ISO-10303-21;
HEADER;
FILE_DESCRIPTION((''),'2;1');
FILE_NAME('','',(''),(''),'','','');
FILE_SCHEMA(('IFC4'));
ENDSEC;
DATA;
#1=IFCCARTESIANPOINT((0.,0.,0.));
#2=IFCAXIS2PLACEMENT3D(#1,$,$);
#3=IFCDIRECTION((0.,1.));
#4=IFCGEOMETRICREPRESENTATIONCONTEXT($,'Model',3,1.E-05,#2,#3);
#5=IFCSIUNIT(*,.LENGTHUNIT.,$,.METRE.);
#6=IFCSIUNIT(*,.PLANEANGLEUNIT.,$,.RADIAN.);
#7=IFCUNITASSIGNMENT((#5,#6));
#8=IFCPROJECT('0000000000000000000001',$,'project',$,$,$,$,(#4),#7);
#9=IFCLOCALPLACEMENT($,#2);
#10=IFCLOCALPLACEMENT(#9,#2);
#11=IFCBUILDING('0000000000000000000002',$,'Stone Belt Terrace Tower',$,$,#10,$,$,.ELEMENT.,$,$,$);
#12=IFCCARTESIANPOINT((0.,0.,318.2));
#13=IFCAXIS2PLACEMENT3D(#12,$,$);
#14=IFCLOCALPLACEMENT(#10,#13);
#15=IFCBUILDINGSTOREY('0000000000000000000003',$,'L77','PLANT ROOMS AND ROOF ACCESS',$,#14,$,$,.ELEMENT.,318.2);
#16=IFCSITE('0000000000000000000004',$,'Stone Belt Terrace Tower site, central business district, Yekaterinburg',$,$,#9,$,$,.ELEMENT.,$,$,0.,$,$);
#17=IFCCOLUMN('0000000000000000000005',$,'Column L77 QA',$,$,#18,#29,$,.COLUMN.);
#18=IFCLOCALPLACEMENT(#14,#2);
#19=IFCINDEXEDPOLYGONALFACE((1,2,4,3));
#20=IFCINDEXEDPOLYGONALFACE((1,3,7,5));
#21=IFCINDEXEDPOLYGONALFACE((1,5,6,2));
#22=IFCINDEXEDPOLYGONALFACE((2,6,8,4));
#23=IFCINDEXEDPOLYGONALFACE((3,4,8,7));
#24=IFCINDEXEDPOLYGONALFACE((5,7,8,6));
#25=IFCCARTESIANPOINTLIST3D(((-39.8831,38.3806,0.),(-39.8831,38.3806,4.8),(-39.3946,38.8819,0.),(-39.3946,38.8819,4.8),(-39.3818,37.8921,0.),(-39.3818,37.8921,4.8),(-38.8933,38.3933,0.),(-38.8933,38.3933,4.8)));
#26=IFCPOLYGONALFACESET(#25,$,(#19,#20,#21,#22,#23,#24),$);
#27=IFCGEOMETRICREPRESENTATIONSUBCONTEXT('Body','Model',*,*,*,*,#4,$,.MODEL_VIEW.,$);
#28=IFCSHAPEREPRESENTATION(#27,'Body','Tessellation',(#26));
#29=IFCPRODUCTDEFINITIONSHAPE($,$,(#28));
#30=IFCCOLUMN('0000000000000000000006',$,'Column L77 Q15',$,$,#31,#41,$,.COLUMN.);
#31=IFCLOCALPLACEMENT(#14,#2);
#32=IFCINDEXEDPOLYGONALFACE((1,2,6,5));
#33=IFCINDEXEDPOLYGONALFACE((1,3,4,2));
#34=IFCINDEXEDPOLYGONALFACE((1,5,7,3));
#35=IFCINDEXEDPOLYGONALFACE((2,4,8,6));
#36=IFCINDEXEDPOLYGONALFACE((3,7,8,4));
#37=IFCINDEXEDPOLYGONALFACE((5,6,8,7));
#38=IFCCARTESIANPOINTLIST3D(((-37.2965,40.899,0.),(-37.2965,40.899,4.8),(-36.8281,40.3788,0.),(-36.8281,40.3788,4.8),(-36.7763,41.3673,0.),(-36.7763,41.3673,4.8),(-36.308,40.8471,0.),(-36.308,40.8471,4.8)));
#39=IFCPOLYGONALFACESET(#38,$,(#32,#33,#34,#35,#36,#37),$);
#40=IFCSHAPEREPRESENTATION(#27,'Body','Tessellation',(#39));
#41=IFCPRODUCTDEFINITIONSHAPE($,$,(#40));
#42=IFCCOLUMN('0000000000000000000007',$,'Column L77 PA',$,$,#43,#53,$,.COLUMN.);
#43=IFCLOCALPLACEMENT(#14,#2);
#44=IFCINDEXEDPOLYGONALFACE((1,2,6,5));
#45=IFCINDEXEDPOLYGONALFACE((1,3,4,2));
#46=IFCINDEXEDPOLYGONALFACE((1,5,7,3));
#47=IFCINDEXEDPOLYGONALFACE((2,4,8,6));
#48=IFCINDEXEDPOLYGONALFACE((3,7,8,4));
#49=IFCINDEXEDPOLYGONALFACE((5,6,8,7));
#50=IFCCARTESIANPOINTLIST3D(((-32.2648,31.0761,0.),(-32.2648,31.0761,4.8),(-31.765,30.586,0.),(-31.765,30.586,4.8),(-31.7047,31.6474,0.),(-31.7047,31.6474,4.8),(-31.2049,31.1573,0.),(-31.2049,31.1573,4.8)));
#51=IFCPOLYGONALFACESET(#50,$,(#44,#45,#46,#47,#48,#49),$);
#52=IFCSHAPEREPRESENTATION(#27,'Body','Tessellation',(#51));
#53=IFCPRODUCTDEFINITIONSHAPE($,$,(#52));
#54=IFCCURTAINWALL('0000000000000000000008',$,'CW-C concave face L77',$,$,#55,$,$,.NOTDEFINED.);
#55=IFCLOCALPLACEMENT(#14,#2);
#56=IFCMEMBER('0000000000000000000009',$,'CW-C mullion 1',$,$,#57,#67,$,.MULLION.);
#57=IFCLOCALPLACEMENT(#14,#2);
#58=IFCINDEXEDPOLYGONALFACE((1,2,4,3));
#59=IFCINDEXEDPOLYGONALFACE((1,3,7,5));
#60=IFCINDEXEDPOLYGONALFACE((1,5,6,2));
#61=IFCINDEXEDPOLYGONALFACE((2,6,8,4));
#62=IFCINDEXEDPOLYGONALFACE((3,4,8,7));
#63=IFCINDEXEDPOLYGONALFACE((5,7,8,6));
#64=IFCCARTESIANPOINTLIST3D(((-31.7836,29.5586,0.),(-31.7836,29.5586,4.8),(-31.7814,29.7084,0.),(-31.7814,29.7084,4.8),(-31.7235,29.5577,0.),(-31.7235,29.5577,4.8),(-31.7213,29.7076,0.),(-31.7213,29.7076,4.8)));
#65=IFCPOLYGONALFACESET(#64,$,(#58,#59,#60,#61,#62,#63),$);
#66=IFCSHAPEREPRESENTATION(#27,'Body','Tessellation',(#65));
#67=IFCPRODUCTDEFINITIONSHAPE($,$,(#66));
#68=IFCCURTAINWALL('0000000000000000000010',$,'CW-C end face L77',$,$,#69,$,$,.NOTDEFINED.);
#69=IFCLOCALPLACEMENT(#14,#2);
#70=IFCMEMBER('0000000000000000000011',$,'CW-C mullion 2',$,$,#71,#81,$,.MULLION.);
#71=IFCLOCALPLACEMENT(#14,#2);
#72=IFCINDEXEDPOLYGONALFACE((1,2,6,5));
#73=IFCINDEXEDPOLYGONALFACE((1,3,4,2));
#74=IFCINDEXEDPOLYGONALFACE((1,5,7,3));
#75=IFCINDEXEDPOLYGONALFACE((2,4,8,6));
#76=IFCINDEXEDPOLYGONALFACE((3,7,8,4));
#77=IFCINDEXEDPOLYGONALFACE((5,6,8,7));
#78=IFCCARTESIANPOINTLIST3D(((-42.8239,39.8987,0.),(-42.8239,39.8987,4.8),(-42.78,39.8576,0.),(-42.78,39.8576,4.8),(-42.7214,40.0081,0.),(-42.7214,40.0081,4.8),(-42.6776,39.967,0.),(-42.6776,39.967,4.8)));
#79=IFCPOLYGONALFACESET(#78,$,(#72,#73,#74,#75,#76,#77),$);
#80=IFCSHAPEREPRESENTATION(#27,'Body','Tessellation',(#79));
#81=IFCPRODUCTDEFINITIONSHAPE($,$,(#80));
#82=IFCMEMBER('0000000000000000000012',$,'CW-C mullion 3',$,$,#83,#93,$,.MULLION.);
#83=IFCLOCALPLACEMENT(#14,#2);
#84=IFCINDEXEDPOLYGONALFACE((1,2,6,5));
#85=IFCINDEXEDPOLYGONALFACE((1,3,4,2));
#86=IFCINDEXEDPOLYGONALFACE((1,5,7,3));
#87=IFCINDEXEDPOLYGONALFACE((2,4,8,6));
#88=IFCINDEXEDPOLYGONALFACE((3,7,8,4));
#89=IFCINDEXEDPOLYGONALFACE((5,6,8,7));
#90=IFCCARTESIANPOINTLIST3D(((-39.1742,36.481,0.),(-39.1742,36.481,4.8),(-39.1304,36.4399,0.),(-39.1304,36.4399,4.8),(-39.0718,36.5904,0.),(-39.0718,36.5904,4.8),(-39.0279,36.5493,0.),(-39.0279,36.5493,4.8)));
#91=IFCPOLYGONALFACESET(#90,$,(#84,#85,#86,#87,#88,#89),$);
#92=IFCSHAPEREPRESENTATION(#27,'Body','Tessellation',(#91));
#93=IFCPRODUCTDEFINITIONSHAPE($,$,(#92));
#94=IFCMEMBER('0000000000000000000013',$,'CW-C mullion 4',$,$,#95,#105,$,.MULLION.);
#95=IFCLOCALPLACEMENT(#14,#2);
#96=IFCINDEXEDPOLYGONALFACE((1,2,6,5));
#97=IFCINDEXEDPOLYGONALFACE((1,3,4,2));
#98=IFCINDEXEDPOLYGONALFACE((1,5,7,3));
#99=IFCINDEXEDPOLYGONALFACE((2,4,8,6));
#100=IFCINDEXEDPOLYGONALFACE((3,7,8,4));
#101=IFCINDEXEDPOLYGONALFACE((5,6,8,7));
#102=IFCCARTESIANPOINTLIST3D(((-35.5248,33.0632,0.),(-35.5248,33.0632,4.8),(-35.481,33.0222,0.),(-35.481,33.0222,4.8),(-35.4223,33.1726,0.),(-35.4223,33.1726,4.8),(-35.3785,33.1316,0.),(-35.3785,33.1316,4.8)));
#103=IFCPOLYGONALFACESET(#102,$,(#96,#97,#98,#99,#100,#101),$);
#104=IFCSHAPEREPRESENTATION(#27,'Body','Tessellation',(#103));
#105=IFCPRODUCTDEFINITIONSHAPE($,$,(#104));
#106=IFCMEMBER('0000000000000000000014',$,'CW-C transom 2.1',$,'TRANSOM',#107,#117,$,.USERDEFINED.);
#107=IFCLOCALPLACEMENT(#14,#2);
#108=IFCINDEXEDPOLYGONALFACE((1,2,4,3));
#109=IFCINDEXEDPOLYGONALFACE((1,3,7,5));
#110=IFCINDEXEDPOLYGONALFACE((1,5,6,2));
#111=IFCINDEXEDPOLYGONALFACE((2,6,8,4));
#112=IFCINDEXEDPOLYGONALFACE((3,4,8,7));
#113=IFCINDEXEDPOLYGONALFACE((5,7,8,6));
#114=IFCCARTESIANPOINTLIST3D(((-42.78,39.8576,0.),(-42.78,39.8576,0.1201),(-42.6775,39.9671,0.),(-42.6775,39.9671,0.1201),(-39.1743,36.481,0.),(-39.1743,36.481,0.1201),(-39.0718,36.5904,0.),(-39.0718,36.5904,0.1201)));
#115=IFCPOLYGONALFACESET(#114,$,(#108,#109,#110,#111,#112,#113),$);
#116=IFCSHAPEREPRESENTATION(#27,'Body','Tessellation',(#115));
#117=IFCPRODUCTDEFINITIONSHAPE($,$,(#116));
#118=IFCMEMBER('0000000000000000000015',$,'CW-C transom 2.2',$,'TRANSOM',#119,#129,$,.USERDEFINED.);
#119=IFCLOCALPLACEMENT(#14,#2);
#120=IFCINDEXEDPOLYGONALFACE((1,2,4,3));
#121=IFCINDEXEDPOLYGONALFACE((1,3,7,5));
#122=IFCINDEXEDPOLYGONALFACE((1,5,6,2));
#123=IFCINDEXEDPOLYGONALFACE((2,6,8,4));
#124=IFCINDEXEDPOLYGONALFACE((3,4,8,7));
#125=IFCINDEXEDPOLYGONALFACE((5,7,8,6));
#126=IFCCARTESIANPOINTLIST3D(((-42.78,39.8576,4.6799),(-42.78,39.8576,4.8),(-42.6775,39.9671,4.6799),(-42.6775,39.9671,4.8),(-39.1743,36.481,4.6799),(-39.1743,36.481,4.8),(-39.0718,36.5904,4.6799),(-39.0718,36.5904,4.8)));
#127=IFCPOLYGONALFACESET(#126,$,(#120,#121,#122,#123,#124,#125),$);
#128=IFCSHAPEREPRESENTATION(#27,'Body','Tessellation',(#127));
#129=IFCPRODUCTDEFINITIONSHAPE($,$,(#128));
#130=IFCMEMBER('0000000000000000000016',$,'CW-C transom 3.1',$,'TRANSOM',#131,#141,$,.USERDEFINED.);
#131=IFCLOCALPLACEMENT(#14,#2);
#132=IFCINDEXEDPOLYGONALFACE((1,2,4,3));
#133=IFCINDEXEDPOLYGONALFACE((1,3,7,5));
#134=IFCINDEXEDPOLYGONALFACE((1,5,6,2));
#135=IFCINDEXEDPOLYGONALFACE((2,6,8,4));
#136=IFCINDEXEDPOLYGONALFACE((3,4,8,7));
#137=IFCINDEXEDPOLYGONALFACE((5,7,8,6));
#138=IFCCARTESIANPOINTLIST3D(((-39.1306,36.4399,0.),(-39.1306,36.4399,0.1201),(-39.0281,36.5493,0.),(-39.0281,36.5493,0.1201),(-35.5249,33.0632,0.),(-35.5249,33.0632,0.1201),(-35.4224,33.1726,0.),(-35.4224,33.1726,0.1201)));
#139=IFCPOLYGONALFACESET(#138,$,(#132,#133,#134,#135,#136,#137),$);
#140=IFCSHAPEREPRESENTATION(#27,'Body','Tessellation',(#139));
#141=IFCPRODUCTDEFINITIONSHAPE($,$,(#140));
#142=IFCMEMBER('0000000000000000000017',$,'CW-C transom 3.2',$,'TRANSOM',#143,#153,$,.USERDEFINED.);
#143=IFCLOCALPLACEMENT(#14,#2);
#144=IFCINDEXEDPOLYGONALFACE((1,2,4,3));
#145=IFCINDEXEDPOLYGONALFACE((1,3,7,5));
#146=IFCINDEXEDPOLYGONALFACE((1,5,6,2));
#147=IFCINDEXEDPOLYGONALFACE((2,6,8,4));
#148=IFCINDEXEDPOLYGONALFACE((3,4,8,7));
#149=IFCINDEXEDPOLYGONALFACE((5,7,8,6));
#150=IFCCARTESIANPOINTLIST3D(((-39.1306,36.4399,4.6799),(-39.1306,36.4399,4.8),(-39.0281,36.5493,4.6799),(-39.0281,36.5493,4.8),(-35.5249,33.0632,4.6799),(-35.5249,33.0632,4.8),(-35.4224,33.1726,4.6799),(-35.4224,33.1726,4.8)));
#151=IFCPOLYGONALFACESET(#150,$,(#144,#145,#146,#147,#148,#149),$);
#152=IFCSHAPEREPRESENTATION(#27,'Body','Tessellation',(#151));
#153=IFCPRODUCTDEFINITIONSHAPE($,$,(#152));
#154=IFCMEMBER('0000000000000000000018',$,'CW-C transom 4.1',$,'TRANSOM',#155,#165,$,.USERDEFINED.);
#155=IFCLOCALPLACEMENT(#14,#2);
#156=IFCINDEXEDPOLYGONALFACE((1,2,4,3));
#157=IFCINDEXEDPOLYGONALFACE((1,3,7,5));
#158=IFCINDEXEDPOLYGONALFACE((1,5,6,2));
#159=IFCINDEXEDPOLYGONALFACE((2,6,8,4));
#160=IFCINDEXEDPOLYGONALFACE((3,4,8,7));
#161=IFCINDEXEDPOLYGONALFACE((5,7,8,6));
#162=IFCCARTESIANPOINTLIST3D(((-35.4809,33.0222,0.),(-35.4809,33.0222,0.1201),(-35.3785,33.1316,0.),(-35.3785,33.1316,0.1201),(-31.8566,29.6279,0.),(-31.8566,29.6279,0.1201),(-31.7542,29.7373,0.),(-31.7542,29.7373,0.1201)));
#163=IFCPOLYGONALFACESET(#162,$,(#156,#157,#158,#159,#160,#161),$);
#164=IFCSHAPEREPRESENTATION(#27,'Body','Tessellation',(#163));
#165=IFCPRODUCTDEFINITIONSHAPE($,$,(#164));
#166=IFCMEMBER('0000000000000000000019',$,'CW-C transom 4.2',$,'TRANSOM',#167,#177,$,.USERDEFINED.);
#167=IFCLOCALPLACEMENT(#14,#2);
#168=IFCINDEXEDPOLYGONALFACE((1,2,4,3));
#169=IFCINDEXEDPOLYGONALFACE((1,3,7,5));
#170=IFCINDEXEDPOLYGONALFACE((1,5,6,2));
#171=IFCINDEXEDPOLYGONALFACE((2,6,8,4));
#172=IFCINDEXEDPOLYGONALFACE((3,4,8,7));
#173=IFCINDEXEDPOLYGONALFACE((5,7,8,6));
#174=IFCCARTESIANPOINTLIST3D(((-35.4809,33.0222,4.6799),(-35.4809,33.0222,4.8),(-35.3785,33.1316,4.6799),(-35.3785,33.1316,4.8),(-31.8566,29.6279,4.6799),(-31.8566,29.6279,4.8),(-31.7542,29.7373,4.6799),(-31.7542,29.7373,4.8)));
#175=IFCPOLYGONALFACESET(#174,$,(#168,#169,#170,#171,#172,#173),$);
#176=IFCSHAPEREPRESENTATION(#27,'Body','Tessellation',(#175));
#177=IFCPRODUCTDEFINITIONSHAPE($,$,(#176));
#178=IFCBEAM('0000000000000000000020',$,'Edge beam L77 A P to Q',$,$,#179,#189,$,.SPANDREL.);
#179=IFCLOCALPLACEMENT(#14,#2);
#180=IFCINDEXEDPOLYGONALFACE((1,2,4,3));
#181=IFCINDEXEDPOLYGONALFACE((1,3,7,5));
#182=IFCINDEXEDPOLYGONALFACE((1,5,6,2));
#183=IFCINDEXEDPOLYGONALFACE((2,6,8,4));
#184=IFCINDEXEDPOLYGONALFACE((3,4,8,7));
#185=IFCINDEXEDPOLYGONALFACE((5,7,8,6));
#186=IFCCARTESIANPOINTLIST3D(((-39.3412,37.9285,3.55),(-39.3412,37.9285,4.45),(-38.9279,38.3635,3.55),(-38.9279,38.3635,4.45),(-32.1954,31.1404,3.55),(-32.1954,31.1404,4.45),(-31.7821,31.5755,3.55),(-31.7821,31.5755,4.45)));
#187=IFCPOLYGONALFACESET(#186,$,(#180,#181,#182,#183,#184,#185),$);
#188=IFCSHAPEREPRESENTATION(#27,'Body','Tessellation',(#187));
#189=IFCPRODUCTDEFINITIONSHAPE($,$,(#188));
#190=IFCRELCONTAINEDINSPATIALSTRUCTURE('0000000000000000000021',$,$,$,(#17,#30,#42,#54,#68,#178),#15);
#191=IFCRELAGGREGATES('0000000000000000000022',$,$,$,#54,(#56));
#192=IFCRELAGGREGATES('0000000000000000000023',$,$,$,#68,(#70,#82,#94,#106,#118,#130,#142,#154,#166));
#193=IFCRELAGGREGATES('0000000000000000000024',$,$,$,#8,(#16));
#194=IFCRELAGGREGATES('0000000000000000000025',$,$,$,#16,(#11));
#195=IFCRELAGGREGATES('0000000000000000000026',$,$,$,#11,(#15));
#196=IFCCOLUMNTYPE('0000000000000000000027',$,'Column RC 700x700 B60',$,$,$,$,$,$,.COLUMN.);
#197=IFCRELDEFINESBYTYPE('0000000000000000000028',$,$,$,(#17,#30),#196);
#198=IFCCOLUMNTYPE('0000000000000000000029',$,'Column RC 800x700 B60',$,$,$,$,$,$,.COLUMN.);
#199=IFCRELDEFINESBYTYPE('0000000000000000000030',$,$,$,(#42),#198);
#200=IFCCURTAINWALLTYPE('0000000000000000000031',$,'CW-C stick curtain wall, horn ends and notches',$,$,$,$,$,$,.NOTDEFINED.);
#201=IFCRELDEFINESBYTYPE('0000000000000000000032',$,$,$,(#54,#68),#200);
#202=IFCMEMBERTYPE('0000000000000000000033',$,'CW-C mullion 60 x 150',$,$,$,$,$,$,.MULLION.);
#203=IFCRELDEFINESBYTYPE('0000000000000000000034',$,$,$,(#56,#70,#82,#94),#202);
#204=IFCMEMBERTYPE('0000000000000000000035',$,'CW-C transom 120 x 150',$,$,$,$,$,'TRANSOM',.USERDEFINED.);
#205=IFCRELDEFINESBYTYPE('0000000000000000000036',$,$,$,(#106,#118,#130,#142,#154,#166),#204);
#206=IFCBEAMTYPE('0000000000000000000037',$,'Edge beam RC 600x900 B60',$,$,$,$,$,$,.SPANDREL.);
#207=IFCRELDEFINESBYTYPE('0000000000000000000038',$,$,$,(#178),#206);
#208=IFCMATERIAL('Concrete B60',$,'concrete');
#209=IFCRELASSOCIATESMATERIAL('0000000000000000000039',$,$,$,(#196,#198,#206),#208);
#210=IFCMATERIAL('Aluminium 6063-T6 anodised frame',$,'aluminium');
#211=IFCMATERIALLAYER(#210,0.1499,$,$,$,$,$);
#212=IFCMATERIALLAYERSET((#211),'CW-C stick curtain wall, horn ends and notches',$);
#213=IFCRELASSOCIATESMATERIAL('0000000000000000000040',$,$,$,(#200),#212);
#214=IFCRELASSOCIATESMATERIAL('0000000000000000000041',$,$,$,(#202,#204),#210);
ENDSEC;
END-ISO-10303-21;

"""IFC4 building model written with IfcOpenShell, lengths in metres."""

from ifc_helpers import new_model, si_unit, direction, frame, origin, origin_2d, place, context, subcontext, project, spatial, rectangle, extrude, material, layer, layer_set, material_profile, profile_set, type_object, element, aggregate, save


model = new_model("IFC4")

# Units and contexts
model_context = context("Model", 3, precision=1e-05, world=origin(), true_north=direction((0.0, 1.0)))
body_context = subcontext(model_context, "Body", "Model", "MODEL_VIEW")
ifc_project = project(units=[si_unit("LENGTHUNIT", "METRE"), si_unit("PLANEANGLEUNIT", "RADIAN")], contexts=[model_context])

# Site, building, storey
site_placement = place(None, origin())
site = spatial("IfcSite", under=ifc_project, at=site_placement, Name="Stone Belt Terrace Tower site, central business district, Yekaterinburg", CompositionType="ELEMENT", RefElevation=0.0)
building_placement = place(site_placement, origin())
building = spatial("IfcBuilding", under=site, at=building_placement, Name="Stone Belt Terrace Tower", CompositionType="ELEMENT")
storey_placement = place(building_placement, frame((0.0, 0.0, 318.2)))
storey = spatial("IfcBuildingStorey", under=building, at=storey_placement, Name="L77", Description="PLANT ROOMS AND ROOF ACCESS", CompositionType="ELEMENT", Elevation=318.2)

# Columns
ifc_material_1 = material(Name="Concrete B60", Category="concrete")
ifc_material_profile_1 = material_profile(ifc_material_1, rectangle(XDim=0.7, YDim=0.7, at=origin_2d()), Name="RC 700x700")
ifc_profile_set_1 = profile_set([ifc_material_profile_1], Name="Concrete B60")
column_type_1 = type_object("IfcColumnType", Name="Column RC 700x700 B60", PredefinedType="COLUMN", material=ifc_profile_set_1)
for number, where, z_axis, x_axis, name in (
    (1, (-39.3882, 38.387, 0.0), (0.0, 0.0, 1.0), (0.697944, 0.716152, 0.0), "Column L77 QA"),
    (2, (-36.8022, 40.873, 0.0), (0.0, 0.0, 1.0), (0.743145, 0.669131, 0.0), "Column L77 Q15"),
):
    element("IfcColumn", number, at=place(storey_placement, frame(where, z_axis=z_axis, x_axis=x_axis)), inside=storey, type_object=column_type_1, Name=name, PredefinedType="COLUMN", context=body_context, shape_type="SweptSolid", body=[
        extrude(rectangle(XDim=0.7, YDim=0.7, at=origin_2d()), origin(), (0.0, 0.0, 1.0), 4.8),
    ])
ifc_material_profile_2 = material_profile(ifc_material_1, rectangle(XDim=0.8, YDim=0.7, at=origin_2d()), Name="RC 800x700")
ifc_profile_set_2 = profile_set([ifc_material_profile_2], Name="Concrete B60")
column_type_2 = type_object("IfcColumnType", Name="Column RC 800x700 B60", PredefinedType="COLUMN", material=ifc_profile_set_2)
column_placement = place(storey_placement, frame((-31.7349, 31.1167, 0.0), z_axis=(0.0, 0.0, 1.0), x_axis=(0.70012, 0.714026, 0.0)))
element("IfcColumn", 3, at=column_placement, inside=storey, type_object=column_type_2, Name="Column L77 PA", PredefinedType="COLUMN", context=body_context, shape_type="SweptSolid", body=[
    extrude(rectangle(XDim=0.8, YDim=0.7, at=origin_2d()), origin(), (0.0, 0.0, 1.0), 4.8),
])

# Curtain wall, member
ifc_material_2 = material(Name="Aluminium 6063-T6 anodised frame", Category="aluminium")
ifc_layer_1 = layer(ifc_material_2, 0.1499)
ifc_layer_set_1 = layer_set([ifc_layer_1], Name="CW-C stick curtain wall, horn ends and notches")
curtain_wall_type = type_object("IfcCurtainWallType", Name="CW-C stick curtain wall, horn ends and notches", PredefinedType="NOTDEFINED", material=ifc_layer_set_1)
curtain_wall_1_placement = place(storey_placement, origin())
curtain_wall_1 = element("IfcCurtainWall", 4, at=curtain_wall_1_placement, inside=storey, type_object=curtain_wall_type, Name="CW-C concave face L77", PredefinedType="NOTDEFINED")
ifc_material_profile_3 = material_profile(ifc_material_2, rectangle(XDim=0.1499, YDim=0.0601, at=origin_2d()), Name="Aluminium 6063-T6 60x150")
ifc_profile_set_3 = profile_set([ifc_material_profile_3], Name="Aluminium 6063-T6 anodised frame")
member_type_1 = type_object("IfcMemberType", Name="CW-C mullion 60 x 150", PredefinedType="MULLION", material=ifc_profile_set_3)
member_1_placement = place(storey_placement, frame((-31.7524, 29.6331, 0.0), z_axis=(0.0, 0.0, 1.0), x_axis=(0.014682, 0.999892, 0.0)))
member_1 = element("IfcMember", 5, at=member_1_placement, type_object=member_type_1, Name="CW-C mullion 1", PredefinedType="MULLION", context=body_context, shape_type="SweptSolid", body=[
    extrude(rectangle(XDim=0.1499, YDim=0.0601, at=origin_2d()), origin(), (0.0, 0.0, 1.0), 4.8),
])
aggregate(curtain_wall_1, [member_1])

# Curtain wall, members
curtain_wall_2_placement = place(storey_placement, origin())
curtain_wall_2 = element("IfcCurtainWall", 6, at=curtain_wall_2_placement, inside=storey, type_object=curtain_wall_type, Name="CW-C end face L77", PredefinedType="NOTDEFINED")
member_2_placement = place(storey_placement, frame((-42.7507, 39.9329, 0.0), z_axis=(0.0, 0.0, 1.0), x_axis=(0.683549, 0.729904, 0.0)))
member_2 = element("IfcMember", 7, at=member_2_placement, type_object=member_type_1, Name="CW-C mullion 2", PredefinedType="MULLION", context=body_context, shape_type="SweptSolid", body=[
    extrude(rectangle(XDim=0.1499, YDim=0.0601, at=origin_2d()), origin(), (0.0, 0.0, 1.0), 4.8),
])
member_3_placement = place(storey_placement, frame((-39.1011, 36.5151, 0.0), z_axis=(0.0, 0.0, 1.0), x_axis=(0.683549, 0.729904, 0.0)))
member_3 = element("IfcMember", 8, at=member_3_placement, type_object=member_type_1, Name="CW-C mullion 3", PredefinedType="MULLION", context=body_context, shape_type="SweptSolid", body=[
    extrude(rectangle(XDim=0.1499, YDim=0.0601, at=origin_2d()), origin(), (0.0, 0.0, 1.0), 4.8),
])
member_4_placement = place(storey_placement, frame((-35.4517, 33.0974, 0.0), z_axis=(0.0, 0.0, 1.0), x_axis=(0.683549, 0.729904, 0.0)))
member_4 = element("IfcMember", 9, at=member_4_placement, type_object=member_type_1, Name="CW-C mullion 4", PredefinedType="MULLION", context=body_context, shape_type="SweptSolid", body=[
    extrude(rectangle(XDim=0.1499, YDim=0.0601, at=origin_2d()), origin(), (0.0, 0.0, 1.0), 4.8),
])
ifc_material_profile_4 = material_profile(ifc_material_2, rectangle(XDim=0.1499, YDim=0.1201, at=origin_2d()), Name="Aluminium 6063-T6 150x120")
ifc_profile_set_4 = profile_set([ifc_material_profile_4], Name="Aluminium 6063-T6 anodised frame")
member_type_2 = type_object("IfcMemberType", Name="CW-C transom 120 x 150", ElementType="TRANSOM", PredefinedType="USERDEFINED", material=ifc_profile_set_4)
member_5_placement = place(storey_placement, frame((-42.7288, 39.9124, 0.0601), z_axis=(0.729905, -0.683548, 0.0), x_axis=(0.683548, 0.729905, 0.0)))
member_5 = element("IfcMember", 10, at=member_5_placement, type_object=member_type_2, Name="CW-C transom 2.1", ObjectType="TRANSOM", PredefinedType="USERDEFINED", context=body_context, shape_type="SweptSolid", body=[
    extrude(rectangle(XDim=0.1499, YDim=0.1201, at=origin_2d()), origin(), (0.0, 0.0, 1.0), 4.9399),
])
member_6_placement = place(storey_placement, frame((-42.7288, 39.9124, 4.74), z_axis=(0.729905, -0.683548, 0.0), x_axis=(0.683548, 0.729905, 0.0)))
member_6 = element("IfcMember", 11, at=member_6_placement, type_object=member_type_2, Name="CW-C transom 2.2", ObjectType="TRANSOM", PredefinedType="USERDEFINED", context=body_context, shape_type="SweptSolid", body=[
    extrude(rectangle(XDim=0.1499, YDim=0.1201, at=origin_2d()), origin(), (0.0, 0.0, 1.0), 4.9399),
])
member_7_placement = place(storey_placement, frame((-39.0793, 36.4946, 0.0601), z_axis=(0.729905, -0.683548, 0.0), x_axis=(0.683548, 0.729905, 0.0)))
member_7 = element("IfcMember", 12, at=member_7_placement, type_object=member_type_2, Name="CW-C transom 3.1", ObjectType="TRANSOM", PredefinedType="USERDEFINED", context=body_context, shape_type="SweptSolid", body=[
    extrude(rectangle(XDim=0.1499, YDim=0.1201, at=origin_2d()), origin(), (0.0, 0.0, 1.0), 4.9399),
])
member_8_placement = place(storey_placement, frame((-39.0793, 36.4946, 4.74), z_axis=(0.729905, -0.683548, 0.0), x_axis=(0.683548, 0.729905, 0.0)))
member_8 = element("IfcMember", 13, at=member_8_placement, type_object=member_type_2, Name="CW-C transom 3.2", ObjectType="TRANSOM", PredefinedType="USERDEFINED", context=body_context, shape_type="SweptSolid", body=[
    extrude(rectangle(XDim=0.1499, YDim=0.1201, at=origin_2d()), origin(), (0.0, 0.0, 1.0), 4.9399),
])
member_9_placement = place(storey_placement, frame((-35.4297, 33.0769, 0.0601), z_axis=(0.729885, -0.68357, 0.0), x_axis=(0.68357, 0.729885, 0.0)))
member_9 = element("IfcMember", 14, at=member_9_placement, type_object=member_type_2, Name="CW-C transom 4.1", ObjectType="TRANSOM", PredefinedType="USERDEFINED", context=body_context, shape_type="SweptSolid", body=[
    extrude(rectangle(XDim=0.1499, YDim=0.1201, at=origin_2d()), origin(), (0.0, 0.0, 1.0), 4.9656),
])
member_10_placement = place(storey_placement, frame((-35.4297, 33.0769, 4.74), z_axis=(0.729885, -0.68357, 0.0), x_axis=(0.68357, 0.729885, 0.0)))
member_10 = element("IfcMember", 15, at=member_10_placement, type_object=member_type_2, Name="CW-C transom 4.2", ObjectType="TRANSOM", PredefinedType="USERDEFINED", context=body_context, shape_type="SweptSolid", body=[
    extrude(rectangle(XDim=0.1499, YDim=0.1201, at=origin_2d()), origin(), (0.0, 0.0, 1.0), 4.9656),
])

# Beam
ifc_material_profile_5 = material_profile(ifc_material_1, rectangle(XDim=0.6001, YDim=0.8999, at=origin_2d()), Name="RC 600x900")
ifc_profile_set_5 = profile_set([ifc_material_profile_5], Name="Concrete B60")
beam_type = type_object("IfcBeamType", Name="Edge beam RC 600x900 B60", PredefinedType="SPANDREL", material=ifc_profile_set_5)
beam_1_placement = place(storey_placement, frame((-31.9888, 31.3579, 4.0), z_axis=(-0.725019, 0.688729, 0.0), x_axis=(-0.688729, -0.725019, 0.0)))
element("IfcBeam", 16, at=beam_1_placement, inside=storey, type_object=beam_type, Name="Edge beam L77 A P to Q", PredefinedType="SPANDREL", context=body_context, shape_type="SweptSolid", body=[
    extrude(rectangle(XDim=0.6001, YDim=0.8999, at=origin_2d()), origin(), (0.0, 0.0, 1.0), 9.856),
])

aggregate(curtain_wall_2, [member_2, member_3, member_4, member_5, member_6, member_7, member_8, member_9, member_10])

save(model, "model.ifc")
